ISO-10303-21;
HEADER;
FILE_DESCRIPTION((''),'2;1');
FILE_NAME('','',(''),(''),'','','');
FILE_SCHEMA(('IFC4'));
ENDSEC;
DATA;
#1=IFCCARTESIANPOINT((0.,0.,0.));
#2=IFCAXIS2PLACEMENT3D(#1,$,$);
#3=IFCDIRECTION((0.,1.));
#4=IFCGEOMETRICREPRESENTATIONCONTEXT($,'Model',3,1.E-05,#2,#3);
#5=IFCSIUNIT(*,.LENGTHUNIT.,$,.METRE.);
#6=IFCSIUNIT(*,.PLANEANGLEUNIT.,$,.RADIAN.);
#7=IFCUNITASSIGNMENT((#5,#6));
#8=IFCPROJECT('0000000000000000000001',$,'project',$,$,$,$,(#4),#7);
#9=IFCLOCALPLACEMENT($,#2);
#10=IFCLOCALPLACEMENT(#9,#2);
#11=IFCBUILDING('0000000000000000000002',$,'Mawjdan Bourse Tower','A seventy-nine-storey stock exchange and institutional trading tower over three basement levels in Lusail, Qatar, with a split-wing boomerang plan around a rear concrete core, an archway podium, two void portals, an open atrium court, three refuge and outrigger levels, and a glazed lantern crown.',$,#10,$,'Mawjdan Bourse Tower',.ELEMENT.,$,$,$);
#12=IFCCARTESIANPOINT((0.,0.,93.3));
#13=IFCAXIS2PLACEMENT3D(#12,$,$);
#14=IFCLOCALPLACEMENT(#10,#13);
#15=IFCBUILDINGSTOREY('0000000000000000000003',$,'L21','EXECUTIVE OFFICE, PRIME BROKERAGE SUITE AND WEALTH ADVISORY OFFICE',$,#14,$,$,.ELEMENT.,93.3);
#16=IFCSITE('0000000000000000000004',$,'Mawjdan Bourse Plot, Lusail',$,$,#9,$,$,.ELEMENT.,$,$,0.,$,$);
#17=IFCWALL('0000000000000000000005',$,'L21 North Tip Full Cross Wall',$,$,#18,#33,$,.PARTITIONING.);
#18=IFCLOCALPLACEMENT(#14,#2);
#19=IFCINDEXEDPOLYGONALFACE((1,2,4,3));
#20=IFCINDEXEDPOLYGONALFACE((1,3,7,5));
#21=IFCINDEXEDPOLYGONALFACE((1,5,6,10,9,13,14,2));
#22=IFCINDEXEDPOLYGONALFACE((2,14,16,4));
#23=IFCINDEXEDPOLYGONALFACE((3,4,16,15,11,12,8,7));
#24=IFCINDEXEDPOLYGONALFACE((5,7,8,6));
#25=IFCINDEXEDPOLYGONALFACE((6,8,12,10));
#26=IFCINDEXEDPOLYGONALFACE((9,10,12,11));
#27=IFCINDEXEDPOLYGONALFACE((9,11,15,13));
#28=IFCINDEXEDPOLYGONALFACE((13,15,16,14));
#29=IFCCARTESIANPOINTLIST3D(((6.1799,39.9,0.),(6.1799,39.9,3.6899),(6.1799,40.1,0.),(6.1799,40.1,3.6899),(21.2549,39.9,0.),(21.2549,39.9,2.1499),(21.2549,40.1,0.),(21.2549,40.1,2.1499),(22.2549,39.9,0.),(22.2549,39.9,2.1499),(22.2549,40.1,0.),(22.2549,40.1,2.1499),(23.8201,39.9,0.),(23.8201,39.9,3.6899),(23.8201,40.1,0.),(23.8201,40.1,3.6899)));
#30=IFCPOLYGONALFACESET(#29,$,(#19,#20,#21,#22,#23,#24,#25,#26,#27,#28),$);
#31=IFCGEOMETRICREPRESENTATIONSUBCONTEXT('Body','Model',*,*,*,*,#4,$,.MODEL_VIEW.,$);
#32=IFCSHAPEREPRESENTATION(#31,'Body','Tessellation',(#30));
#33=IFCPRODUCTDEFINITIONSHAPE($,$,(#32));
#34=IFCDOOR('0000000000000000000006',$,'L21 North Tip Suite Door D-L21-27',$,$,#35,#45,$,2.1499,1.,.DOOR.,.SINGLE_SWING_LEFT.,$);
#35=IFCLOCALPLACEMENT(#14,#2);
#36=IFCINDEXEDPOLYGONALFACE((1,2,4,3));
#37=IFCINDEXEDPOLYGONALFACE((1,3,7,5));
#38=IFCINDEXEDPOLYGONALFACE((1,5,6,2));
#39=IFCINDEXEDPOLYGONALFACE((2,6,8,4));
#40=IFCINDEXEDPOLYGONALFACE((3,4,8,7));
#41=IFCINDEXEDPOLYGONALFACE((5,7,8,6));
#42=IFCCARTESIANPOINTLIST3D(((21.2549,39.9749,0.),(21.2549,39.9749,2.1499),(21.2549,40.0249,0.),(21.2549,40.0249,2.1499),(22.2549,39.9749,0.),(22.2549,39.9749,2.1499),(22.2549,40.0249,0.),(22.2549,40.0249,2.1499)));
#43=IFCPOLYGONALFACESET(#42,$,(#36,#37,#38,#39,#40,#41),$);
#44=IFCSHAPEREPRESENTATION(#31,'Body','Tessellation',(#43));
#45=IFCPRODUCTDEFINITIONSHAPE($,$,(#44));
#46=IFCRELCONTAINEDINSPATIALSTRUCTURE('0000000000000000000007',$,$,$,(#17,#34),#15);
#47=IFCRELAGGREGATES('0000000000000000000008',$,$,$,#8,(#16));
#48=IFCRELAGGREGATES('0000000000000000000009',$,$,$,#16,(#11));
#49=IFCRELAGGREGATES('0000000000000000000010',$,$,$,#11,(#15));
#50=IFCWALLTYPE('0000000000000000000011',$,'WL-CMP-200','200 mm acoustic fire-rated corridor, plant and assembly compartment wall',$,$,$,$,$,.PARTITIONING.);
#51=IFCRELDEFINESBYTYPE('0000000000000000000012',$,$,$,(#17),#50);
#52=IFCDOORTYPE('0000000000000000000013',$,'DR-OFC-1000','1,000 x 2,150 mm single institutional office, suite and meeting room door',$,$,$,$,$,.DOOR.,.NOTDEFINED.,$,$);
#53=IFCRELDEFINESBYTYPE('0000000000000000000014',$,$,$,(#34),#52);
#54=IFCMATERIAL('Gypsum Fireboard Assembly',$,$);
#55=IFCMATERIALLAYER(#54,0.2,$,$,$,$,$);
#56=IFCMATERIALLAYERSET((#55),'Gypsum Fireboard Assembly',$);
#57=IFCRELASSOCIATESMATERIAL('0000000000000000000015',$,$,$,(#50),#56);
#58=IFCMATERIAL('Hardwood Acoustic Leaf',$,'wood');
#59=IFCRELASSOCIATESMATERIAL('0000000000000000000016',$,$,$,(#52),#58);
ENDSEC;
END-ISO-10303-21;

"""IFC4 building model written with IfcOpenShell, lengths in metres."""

from ifc_helpers import new_model, si_unit, direction, frame, frame_2d, origin, place, context, subcontext, project, spatial, rectangle, extrude, material, layer, layer_set, type_object, element, fill, save


model = new_model("IFC4")

# Units and contexts
model_context = context("Model", 3, precision=1e-05, world=origin(), true_north=direction((0.0, 1.0)))
body_context = subcontext(model_context, "Body", "Model", "MODEL_VIEW")
ifc_project = project(units=[si_unit("LENGTHUNIT", "METRE"), si_unit("PLANEANGLEUNIT", "RADIAN")], contexts=[model_context])

# Site, building, storey
site_placement = place(None, origin())
site = spatial("IfcSite", under=ifc_project, at=site_placement, Name="Mawjdan Bourse Plot, Lusail", CompositionType="ELEMENT", RefElevation=0.0)
building_placement = place(site_placement, origin())
building = spatial("IfcBuilding", under=site, at=building_placement, Name="Mawjdan Bourse Tower", Description="A seventy-nine-storey stock exchange and institutional trading tower over three basement levels in Lusail, Qatar, with a split-wing boomerang plan around a rear concrete core, an archway podium, two void portals, an open atrium court, three refuge and outrigger levels, and a glazed lantern crown.", LongName="Mawjdan Bourse Tower", CompositionType="ELEMENT")
storey_placement = place(building_placement, frame((0.0, 0.0, 93.3)))
storey = spatial("IfcBuildingStorey", under=building, at=storey_placement, Name="L21", Description="EXECUTIVE OFFICE, PRIME BROKERAGE SUITE AND WEALTH ADVISORY OFFICE", CompositionType="ELEMENT", Elevation=93.3)

# Wall, opening, door
ifc_material_1 = material(Name="Gypsum Fireboard Assembly")
ifc_layer_1 = layer(ifc_material_1, 0.2)
ifc_layer_set_1 = layer_set([ifc_layer_1], Name="Gypsum Fireboard Assembly")
wall_type_1 = type_object("IfcWallType", Name="WL-CMP-200", Description="200 mm acoustic fire-rated corridor, plant and assembly compartment wall", PredefinedType="PARTITIONING", material=ifc_layer_set_1)
ifc_material_2 = material(Name="Hardwood Acoustic Leaf", Category="wood")
door_type = type_object("IfcDoorType", Name="DR-OFC-1000", Description="1,000 x 2,150 mm single institutional office, suite and meeting room door", OperationType="NOTDEFINED", PredefinedType="DOOR", material=ifc_material_2)
wall_1_placement = place(storey_placement, frame((6.1799, 40.0, 0.0), z_axis=(0.0, 0.0, 1.0), x_axis=(1.0, 0.0, 0.0)))
wall_1 = element("IfcWall", 1, at=wall_1_placement, inside=storey, type_object=wall_type_1, Name="L21 North Tip Full Cross Wall", PredefinedType="PARTITIONING", context=body_context, shape_type="SweptSolid", body=[
    extrude(rectangle(XDim=17.6401, YDim=0.2, at=frame_2d((8.8201, 0.0))), origin(), (0.0, 0.0, 1.0), 3.6899),
])
opening_1_placement = place(wall_1_placement, frame((15.075, 0.0, 0.0)))
opening_1 = element("IfcOpeningElement", 2, at=opening_1_placement, cuts=wall_1, PredefinedType="OPENING", context=body_context, shape_type="SweptSolid", body=[
    extrude(rectangle(XDim=1.0, YDim=2.1499, at=frame_2d((0.5, 1.075))), frame((0.0, 0.1099, 0.0), z_axis=(0.0, -1.0, 0.0), x_axis=(1.0, 0.0, 0.0)), (0.0, 0.0, 1.0), 0.22),
])
door_1_placement = place(opening_1_placement, origin())
door_1 = element("IfcDoor", 3, at=door_1_placement, inside=storey, type_object=door_type, Name="L21 North Tip Suite Door D-L21-27", OperationType="SINGLE_SWING_LEFT", OverallHeight=2.1499, OverallWidth=1.0, PredefinedType="DOOR", context=body_context, shape_type="SweptSolid", body=[
    extrude(rectangle(XDim=1.0, YDim=2.1499, at=frame_2d((0.5, 1.075))), frame((0.0, 0.0249, 0.0), z_axis=(0.0, -1.0, 0.0), x_axis=(1.0, 0.0, 0.0)), (0.0, 0.0, 1.0), 0.05),
])
fill(opening_1, door_1)

save(model, "model.ifc")
